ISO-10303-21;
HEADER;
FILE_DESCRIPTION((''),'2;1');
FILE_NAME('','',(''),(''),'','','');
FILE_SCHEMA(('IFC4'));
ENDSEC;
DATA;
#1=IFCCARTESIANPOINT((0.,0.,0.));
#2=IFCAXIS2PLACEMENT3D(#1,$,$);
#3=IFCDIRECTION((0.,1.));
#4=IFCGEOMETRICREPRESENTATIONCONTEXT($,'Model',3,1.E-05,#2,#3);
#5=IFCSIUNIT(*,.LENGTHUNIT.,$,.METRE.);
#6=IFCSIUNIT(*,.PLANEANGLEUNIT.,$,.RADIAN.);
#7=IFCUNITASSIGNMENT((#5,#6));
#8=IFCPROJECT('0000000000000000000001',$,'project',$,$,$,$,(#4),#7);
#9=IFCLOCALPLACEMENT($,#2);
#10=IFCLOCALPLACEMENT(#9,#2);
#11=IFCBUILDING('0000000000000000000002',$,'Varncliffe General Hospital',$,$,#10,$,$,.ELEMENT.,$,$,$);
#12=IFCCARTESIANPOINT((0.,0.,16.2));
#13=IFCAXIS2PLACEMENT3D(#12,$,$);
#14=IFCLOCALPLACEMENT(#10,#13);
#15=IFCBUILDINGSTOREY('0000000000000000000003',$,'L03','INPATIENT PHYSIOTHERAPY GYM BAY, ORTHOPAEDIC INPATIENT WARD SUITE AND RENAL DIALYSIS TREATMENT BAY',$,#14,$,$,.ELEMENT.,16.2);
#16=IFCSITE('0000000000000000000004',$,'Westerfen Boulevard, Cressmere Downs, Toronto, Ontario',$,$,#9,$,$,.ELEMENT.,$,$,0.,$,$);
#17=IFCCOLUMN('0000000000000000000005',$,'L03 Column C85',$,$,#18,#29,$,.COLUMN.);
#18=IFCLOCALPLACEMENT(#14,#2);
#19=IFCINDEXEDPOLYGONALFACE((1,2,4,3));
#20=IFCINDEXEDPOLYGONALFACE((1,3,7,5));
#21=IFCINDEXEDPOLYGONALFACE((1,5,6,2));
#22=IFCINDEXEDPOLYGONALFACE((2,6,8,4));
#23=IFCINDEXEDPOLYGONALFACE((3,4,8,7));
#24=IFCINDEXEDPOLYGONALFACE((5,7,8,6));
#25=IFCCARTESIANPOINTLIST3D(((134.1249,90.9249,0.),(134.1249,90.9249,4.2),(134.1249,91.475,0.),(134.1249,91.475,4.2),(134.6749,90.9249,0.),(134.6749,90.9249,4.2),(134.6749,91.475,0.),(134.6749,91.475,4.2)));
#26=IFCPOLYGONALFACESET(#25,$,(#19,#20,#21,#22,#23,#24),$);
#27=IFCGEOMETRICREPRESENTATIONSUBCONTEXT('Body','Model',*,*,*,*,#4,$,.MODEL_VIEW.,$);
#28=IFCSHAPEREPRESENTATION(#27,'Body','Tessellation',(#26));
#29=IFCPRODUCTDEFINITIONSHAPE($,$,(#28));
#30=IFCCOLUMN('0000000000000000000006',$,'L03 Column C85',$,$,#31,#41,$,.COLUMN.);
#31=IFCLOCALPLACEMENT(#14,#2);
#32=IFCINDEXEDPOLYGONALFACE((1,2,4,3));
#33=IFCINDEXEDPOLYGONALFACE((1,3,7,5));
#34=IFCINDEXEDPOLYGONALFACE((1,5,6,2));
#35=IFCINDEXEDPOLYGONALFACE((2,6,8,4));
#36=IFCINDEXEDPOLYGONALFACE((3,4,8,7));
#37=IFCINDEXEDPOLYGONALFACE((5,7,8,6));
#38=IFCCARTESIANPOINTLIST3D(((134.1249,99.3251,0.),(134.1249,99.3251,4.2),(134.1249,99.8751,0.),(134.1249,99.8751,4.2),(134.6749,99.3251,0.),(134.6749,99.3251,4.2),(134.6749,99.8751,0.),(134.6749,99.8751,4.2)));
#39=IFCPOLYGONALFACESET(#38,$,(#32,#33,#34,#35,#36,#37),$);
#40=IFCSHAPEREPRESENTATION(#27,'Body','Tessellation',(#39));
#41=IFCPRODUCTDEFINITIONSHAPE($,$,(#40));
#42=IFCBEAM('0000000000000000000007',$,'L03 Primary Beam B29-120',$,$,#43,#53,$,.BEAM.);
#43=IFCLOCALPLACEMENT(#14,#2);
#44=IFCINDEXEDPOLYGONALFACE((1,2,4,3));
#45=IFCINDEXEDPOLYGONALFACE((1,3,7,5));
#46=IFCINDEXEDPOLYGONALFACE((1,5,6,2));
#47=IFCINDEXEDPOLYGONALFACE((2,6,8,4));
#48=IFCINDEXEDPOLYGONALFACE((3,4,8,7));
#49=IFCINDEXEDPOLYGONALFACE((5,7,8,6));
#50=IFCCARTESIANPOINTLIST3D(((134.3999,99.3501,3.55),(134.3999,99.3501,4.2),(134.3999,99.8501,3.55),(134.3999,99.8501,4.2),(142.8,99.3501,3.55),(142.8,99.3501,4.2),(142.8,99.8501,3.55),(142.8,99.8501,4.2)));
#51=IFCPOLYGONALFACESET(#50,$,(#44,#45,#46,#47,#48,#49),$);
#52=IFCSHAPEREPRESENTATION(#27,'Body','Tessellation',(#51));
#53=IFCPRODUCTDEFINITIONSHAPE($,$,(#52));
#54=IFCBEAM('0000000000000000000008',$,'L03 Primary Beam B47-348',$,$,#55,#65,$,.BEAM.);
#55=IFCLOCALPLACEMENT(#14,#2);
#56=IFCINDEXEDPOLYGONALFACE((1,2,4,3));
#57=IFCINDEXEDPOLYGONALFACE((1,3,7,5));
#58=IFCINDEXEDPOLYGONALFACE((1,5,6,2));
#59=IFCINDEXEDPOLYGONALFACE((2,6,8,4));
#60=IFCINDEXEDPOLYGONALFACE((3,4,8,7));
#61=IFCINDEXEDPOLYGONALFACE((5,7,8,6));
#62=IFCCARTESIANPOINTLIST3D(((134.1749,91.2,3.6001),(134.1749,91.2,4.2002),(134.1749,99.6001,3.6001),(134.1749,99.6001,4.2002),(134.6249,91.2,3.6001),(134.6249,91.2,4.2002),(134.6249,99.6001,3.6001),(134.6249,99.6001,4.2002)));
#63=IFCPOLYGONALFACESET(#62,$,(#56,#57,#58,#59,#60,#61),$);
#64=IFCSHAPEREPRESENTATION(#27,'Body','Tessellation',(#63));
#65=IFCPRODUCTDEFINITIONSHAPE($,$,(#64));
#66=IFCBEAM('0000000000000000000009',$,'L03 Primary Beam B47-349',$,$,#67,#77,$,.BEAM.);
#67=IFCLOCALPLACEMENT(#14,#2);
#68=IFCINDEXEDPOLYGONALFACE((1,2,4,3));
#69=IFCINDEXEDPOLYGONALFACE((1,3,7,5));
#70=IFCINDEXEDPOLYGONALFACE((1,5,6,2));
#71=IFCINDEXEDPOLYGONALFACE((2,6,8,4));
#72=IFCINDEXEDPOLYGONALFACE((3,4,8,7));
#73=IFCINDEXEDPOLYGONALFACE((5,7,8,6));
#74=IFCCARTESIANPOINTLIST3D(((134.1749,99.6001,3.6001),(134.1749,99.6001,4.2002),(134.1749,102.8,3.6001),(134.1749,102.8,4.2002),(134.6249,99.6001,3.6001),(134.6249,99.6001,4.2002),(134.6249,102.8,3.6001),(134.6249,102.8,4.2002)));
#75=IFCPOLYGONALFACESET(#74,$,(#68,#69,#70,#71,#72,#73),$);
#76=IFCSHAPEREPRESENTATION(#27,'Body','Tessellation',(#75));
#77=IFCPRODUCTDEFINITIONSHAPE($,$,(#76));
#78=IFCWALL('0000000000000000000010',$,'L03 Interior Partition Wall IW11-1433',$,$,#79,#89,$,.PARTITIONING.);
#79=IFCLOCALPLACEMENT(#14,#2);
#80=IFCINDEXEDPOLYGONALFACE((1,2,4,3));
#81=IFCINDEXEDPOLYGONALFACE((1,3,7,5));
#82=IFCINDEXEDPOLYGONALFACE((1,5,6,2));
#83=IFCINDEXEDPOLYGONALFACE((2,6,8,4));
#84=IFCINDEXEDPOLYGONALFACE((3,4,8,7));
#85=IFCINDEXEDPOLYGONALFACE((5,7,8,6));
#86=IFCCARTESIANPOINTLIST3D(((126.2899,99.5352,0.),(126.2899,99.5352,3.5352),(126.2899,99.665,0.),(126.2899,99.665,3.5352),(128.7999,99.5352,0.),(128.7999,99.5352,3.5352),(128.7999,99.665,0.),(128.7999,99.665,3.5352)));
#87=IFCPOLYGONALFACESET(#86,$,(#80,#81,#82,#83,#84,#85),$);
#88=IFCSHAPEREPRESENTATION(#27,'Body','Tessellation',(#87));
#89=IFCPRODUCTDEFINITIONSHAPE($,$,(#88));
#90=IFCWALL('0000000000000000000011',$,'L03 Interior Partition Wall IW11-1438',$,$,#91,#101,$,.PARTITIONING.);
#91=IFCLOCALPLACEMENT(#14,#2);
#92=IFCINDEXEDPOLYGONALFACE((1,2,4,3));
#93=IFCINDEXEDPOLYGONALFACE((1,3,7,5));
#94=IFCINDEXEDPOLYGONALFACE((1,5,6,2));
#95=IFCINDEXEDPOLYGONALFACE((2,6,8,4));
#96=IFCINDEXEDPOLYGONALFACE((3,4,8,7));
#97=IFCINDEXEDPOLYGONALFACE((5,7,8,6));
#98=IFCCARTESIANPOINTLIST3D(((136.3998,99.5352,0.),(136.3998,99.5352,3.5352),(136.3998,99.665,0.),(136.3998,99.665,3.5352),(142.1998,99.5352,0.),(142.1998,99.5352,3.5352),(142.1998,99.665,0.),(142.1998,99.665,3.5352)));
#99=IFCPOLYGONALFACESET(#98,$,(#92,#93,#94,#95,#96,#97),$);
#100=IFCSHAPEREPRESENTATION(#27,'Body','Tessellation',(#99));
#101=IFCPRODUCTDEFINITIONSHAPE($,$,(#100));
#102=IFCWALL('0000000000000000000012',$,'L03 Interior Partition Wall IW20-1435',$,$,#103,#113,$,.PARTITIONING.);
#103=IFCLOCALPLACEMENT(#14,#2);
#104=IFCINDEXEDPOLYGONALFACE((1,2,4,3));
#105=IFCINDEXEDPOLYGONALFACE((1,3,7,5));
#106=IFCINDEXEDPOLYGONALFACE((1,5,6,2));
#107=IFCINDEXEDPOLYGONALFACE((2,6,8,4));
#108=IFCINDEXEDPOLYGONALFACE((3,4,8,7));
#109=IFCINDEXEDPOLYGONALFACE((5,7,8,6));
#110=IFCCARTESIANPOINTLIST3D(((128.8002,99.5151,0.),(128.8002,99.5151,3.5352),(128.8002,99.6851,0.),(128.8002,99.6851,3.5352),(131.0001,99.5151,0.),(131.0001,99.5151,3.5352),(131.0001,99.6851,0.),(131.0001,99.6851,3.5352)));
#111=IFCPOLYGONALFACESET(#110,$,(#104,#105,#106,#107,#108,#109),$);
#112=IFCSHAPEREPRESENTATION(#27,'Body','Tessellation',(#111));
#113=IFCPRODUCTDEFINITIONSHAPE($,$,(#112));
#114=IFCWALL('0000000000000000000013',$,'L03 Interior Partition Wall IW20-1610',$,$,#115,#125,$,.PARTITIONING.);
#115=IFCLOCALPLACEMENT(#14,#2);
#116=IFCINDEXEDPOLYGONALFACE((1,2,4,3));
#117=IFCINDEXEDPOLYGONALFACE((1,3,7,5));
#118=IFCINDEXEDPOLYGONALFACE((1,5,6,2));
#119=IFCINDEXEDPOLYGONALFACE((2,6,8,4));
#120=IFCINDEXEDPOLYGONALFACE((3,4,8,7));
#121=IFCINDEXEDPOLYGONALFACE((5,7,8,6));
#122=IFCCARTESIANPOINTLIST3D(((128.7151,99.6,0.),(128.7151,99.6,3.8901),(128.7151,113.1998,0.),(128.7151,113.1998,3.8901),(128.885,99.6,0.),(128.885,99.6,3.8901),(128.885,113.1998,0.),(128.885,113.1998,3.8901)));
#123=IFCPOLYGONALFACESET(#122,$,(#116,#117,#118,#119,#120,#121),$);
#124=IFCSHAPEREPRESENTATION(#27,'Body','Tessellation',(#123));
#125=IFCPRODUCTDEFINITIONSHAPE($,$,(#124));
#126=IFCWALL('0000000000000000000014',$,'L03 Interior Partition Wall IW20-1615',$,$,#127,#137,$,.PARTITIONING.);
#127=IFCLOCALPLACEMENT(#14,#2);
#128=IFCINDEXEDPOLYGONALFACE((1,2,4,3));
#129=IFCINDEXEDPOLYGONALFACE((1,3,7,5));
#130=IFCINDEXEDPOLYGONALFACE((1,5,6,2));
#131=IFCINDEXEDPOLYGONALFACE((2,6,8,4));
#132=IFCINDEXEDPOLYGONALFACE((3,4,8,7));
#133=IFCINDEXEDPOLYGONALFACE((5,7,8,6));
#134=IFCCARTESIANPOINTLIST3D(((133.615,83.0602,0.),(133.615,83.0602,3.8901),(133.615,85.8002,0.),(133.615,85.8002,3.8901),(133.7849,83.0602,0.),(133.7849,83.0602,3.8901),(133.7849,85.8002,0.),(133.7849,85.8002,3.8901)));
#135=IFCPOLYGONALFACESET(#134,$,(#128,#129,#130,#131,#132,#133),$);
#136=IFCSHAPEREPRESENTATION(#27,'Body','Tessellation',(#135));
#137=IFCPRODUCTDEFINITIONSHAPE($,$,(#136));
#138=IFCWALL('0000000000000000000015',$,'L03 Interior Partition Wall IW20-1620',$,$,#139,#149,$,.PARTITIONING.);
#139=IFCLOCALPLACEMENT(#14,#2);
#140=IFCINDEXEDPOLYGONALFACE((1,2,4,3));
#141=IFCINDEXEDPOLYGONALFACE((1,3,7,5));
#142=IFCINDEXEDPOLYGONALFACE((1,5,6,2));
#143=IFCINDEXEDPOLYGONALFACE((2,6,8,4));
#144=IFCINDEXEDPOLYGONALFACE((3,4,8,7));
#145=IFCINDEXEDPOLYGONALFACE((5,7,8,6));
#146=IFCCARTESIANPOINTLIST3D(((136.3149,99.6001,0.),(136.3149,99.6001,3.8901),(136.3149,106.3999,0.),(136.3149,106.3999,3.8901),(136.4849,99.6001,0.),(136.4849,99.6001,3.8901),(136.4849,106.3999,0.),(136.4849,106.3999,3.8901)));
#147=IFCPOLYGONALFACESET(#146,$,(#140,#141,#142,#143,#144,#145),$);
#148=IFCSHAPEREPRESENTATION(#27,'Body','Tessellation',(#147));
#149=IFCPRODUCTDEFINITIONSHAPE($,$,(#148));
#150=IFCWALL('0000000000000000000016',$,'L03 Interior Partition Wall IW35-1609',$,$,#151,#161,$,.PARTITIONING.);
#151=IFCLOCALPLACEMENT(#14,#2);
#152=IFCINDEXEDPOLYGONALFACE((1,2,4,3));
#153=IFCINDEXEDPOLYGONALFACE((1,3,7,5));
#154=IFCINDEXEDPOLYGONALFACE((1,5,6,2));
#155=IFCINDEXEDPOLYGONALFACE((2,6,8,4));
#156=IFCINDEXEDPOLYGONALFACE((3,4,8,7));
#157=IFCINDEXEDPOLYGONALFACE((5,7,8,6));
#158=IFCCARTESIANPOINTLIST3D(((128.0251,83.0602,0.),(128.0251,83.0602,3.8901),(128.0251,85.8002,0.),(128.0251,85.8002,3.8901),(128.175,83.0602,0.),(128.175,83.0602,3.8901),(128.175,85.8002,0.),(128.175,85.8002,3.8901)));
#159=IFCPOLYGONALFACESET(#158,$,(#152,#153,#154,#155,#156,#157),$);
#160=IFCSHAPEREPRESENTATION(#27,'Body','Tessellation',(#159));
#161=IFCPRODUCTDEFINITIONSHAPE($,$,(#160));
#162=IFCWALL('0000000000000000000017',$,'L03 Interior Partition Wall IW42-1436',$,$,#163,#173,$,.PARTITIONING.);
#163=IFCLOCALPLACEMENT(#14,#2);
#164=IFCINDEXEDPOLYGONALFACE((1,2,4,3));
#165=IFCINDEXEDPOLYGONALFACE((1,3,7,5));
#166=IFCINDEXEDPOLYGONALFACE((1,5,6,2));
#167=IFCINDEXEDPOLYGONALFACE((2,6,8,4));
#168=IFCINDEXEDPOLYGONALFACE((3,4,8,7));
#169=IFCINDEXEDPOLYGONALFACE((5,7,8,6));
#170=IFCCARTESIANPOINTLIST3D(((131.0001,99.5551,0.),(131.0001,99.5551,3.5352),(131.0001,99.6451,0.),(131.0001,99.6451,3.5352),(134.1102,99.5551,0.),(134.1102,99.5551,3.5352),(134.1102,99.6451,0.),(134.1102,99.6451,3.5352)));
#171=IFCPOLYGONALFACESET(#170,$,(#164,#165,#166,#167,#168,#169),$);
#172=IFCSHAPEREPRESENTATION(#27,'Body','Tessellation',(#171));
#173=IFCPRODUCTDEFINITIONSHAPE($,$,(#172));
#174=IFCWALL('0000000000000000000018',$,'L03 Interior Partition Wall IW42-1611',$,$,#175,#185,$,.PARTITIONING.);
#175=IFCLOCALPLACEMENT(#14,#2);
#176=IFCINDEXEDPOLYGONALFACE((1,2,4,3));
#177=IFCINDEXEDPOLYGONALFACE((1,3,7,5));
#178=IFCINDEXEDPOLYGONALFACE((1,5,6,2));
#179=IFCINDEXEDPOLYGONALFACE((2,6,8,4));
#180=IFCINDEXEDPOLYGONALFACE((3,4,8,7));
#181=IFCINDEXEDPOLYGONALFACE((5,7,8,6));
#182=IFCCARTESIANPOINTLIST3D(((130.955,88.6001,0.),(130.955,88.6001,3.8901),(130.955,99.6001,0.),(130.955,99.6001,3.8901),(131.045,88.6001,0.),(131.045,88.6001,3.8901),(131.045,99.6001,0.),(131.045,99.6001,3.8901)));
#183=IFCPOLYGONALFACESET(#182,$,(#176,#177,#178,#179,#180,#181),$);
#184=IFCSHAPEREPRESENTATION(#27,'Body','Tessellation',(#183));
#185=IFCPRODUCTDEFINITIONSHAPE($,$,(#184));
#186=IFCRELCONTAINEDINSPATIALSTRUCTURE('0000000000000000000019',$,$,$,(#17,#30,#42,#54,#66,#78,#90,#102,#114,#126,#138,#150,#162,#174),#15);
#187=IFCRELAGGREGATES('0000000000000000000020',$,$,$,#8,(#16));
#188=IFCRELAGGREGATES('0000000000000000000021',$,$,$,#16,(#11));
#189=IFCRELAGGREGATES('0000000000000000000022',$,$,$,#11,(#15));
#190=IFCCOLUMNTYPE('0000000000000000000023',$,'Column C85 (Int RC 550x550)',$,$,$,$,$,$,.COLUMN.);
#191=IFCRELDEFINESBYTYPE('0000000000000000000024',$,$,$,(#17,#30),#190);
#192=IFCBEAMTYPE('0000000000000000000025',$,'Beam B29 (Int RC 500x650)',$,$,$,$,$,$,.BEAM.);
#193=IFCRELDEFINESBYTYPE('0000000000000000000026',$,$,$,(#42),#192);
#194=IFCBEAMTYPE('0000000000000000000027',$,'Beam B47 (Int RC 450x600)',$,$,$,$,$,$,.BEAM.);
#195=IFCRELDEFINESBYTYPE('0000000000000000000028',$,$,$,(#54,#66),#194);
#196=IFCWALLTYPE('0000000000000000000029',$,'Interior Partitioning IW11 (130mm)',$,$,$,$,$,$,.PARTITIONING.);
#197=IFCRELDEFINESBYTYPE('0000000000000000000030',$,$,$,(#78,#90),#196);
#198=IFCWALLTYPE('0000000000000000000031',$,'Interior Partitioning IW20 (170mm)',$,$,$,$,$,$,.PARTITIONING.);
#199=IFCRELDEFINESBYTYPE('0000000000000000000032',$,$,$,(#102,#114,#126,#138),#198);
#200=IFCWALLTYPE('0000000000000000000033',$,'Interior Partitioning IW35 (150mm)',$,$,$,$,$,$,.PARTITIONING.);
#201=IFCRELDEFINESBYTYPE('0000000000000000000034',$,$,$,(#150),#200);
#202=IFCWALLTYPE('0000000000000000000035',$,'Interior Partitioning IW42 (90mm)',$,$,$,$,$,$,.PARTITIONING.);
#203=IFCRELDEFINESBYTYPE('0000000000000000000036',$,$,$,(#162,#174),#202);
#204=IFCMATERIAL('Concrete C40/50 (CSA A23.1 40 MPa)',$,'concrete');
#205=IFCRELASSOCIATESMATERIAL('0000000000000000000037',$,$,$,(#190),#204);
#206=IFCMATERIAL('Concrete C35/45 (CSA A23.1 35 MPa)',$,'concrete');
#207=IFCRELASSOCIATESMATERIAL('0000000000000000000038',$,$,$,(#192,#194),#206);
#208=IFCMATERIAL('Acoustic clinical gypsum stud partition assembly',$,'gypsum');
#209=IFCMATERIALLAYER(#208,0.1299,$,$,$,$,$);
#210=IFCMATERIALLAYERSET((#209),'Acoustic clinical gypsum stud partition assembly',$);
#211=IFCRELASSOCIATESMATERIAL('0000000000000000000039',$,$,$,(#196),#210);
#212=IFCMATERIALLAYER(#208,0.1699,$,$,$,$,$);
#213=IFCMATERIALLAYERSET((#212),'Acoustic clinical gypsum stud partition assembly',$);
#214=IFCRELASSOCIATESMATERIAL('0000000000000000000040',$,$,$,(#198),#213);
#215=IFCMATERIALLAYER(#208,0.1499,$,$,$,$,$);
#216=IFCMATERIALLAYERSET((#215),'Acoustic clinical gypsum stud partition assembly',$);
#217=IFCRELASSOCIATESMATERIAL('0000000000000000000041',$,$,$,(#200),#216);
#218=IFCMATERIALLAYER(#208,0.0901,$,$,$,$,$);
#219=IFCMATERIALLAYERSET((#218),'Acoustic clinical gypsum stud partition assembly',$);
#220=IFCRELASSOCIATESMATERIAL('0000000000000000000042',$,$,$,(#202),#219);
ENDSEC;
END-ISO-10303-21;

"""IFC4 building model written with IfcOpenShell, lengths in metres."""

from ifc_helpers import new_model, si_unit, direction, frame, frame_2d, origin, origin_2d, place, context, subcontext, project, spatial, rectangle, extrude, material, layer, layer_set, material_profile, profile_set, type_object, element, save


model = new_model("IFC4")

# Units and contexts
model_context = context("Model", 3, precision=1e-05, world=origin(), true_north=direction((0.0, 1.0)))
body_context = subcontext(model_context, "Body", "Model", "MODEL_VIEW")
ifc_project = project(units=[si_unit("LENGTHUNIT", "METRE"), si_unit("PLANEANGLEUNIT", "RADIAN")], contexts=[model_context])

# Site, building, storey
site_placement = place(None, origin())
site = spatial("IfcSite", under=ifc_project, at=site_placement, Name="Westerfen Boulevard, Cressmere Downs, Toronto, Ontario", CompositionType="ELEMENT", RefElevation=0.0)
building_placement = place(site_placement, origin())
building = spatial("IfcBuilding", under=site, at=building_placement, Name="Varncliffe General Hospital", CompositionType="ELEMENT")
storey_placement = place(building_placement, frame((0.0, 0.0, 16.2)))
storey = spatial("IfcBuildingStorey", under=building, at=storey_placement, Name="L03", Description="INPATIENT PHYSIOTHERAPY GYM BAY, ORTHOPAEDIC INPATIENT WARD SUITE AND RENAL DIALYSIS TREATMENT BAY", CompositionType="ELEMENT", Elevation=16.2)

# Columns
ifc_material_1 = material(Name="Concrete C40/50 (CSA A23.1 40 MPa)", Category="concrete")
ifc_material_profile_1 = material_profile(ifc_material_1, rectangle(XDim=0.55, YDim=0.55, at=origin_2d()), Name="RC 550x550")
ifc_profile_set_1 = profile_set([ifc_material_profile_1], Name="Concrete C40/50 (CSA A23.1 40 MPa)")
column_type = type_object("IfcColumnType", Name="Column C85 (Int RC 550x550)", PredefinedType="COLUMN", material=ifc_profile_set_1)
for number, where, z_axis, x_axis, name in (
    (1, (134.3999, 91.2, 0.0), (0.0, 0.0, 1.0), (1.0, 0.0, 0.0), "L03 Column C85"),
    (2, (134.3999, 99.6001, 0.0), (0.0, 0.0, 1.0), (1.0, 0.0, 0.0), "L03 Column C85"),
):
    element("IfcColumn", number, at=place(storey_placement, frame(where, z_axis=z_axis, x_axis=x_axis)), inside=storey, type_object=column_type, Name=name, PredefinedType="COLUMN", context=body_context, shape_type="SweptSolid", body=[
        extrude(rectangle(XDim=0.55, YDim=0.55, at=origin_2d()), origin(), (0.0, 0.0, 1.0), 4.2),
    ])

# Beams
ifc_material_2 = material(Name="Concrete C35/45 (CSA A23.1 35 MPa)", Category="concrete")
ifc_material_profile_2 = material_profile(ifc_material_2, rectangle(XDim=0.5, YDim=0.6499, at=origin_2d()), Name="RC 500x650")
ifc_profile_set_2 = profile_set([ifc_material_profile_2], Name="Concrete C35/45 (CSA A23.1 35 MPa)")
beam_type_1 = type_object("IfcBeamType", Name="Beam B29 (Int RC 500x650)", PredefinedType="BEAM", material=ifc_profile_set_2)
beam_1_placement = place(storey_placement, frame((134.3999, 99.6001, 3.875), z_axis=(1.0, 0.0, 0.0), x_axis=(0.0, 1.0, 0.0)))
element("IfcBeam", 3, at=beam_1_placement, inside=storey, type_object=beam_type_1, Name="L03 Primary Beam B29-120", PredefinedType="BEAM", context=body_context, shape_type="SweptSolid", body=[
    extrude(rectangle(XDim=0.5, YDim=0.6499, at=origin_2d()), origin(), (0.0, 0.0, 1.0), 8.4001),
])
ifc_material_profile_3 = material_profile(ifc_material_2, rectangle(XDim=0.45, YDim=0.6001, at=origin_2d()), Name="RC 450x600")
ifc_profile_set_3 = profile_set([ifc_material_profile_3], Name="Concrete C35/45 (CSA A23.1 35 MPa)")
beam_type_2 = type_object("IfcBeamType", Name="Beam B47 (Int RC 450x600)", PredefinedType="BEAM", material=ifc_profile_set_3)
beam_2_placement = place(storey_placement, frame((134.3999, 91.2, 3.9001), z_axis=(0.0, 1.0, 0.0), x_axis=(-1.0, 0.0, 0.0)))
element("IfcBeam", 4, at=beam_2_placement, inside=storey, type_object=beam_type_2, Name="L03 Primary Beam B47-348", PredefinedType="BEAM", context=body_context, shape_type="SweptSolid", body=[
    extrude(rectangle(XDim=0.45, YDim=0.6001, at=origin_2d()), origin(), (0.0, 0.0, 1.0), 8.4001),
])
beam_3_placement = place(storey_placement, frame((134.3999, 99.6001, 3.9001), z_axis=(0.0, 1.0, 0.0), x_axis=(-1.0, 0.0, 0.0)))
element("IfcBeam", 5, at=beam_3_placement, inside=storey, type_object=beam_type_2, Name="L03 Primary Beam B47-349", PredefinedType="BEAM", context=body_context, shape_type="SweptSolid", body=[
    extrude(rectangle(XDim=0.45, YDim=0.6001, at=origin_2d()), origin(), (0.0, 0.0, 1.0), 3.2),
])

# Walls
ifc_material_3 = material(Name="Acoustic clinical gypsum stud partition assembly", Category="gypsum")
ifc_layer_1 = layer(ifc_material_3, 0.1299)
ifc_layer_set_1 = layer_set([ifc_layer_1], Name="Acoustic clinical gypsum stud partition assembly")
wall_type_1 = type_object("IfcWallType", Name="Interior Partitioning IW11 (130mm)", PredefinedType="PARTITIONING", material=ifc_layer_set_1)
wall_1_placement = place(storey_placement, frame((126.29, 99.6001, 0.0), z_axis=(0.0, 0.0, 1.0), x_axis=(1.0, 0.0, 0.0)))
element("IfcWall", 6, at=wall_1_placement, inside=storey, type_object=wall_type_1, Name="L03 Interior Partition Wall IW11-1433", PredefinedType="PARTITIONING", context=body_context, shape_type="SweptSolid", body=[
    extrude(rectangle(XDim=2.51, YDim=0.1299, at=frame_2d((1.2549, 0.0))), origin(), (0.0, 0.0, 1.0), 3.5352),
])
wall_2_placement = place(storey_placement, frame((136.3999, 99.6001, 0.0), z_axis=(0.0, 0.0, 1.0), x_axis=(1.0, 0.0, 0.0)))
element("IfcWall", 7, at=wall_2_placement, inside=storey, type_object=wall_type_1, Name="L03 Interior Partition Wall IW11-1438", PredefinedType="PARTITIONING", context=body_context, shape_type="SweptSolid", body=[
    extrude(rectangle(XDim=5.8, YDim=0.1299, at=frame_2d((2.8999, 0.0))), origin(), (0.0, 0.0, 1.0), 3.5352),
])
ifc_layer_2 = layer(ifc_material_3, 0.1699)
ifc_layer_set_2 = layer_set([ifc_layer_2], Name="Acoustic clinical gypsum stud partition assembly")
wall_type_2 = type_object("IfcWallType", Name="Interior Partitioning IW20 (170mm)", PredefinedType="PARTITIONING", material=ifc_layer_set_2)
wall_3_placement = place(storey_placement, frame((128.8, 99.6001, 0.0), z_axis=(0.0, 0.0, 1.0), x_axis=(1.0, 0.0, 0.0)))
element("IfcWall", 8, at=wall_3_placement, inside=storey, type_object=wall_type_2, Name="L03 Interior Partition Wall IW20-1435", PredefinedType="PARTITIONING", context=body_context, shape_type="SweptSolid", body=[
    extrude(rectangle(XDim=2.2, YDim=0.1699, at=frame_2d((1.1001, 0.0))), origin(), (0.0, 0.0, 1.0), 3.5352),
])
wall_4_placement = place(storey_placement, frame((128.8, 99.6001, 0.0), z_axis=(0.0, 0.0, 1.0), x_axis=(0.0, 1.0, 0.0)))
element("IfcWall", 9, at=wall_4_placement, inside=storey, type_object=wall_type_2, Name="L03 Interior Partition Wall IW20-1610", PredefinedType="PARTITIONING", context=body_context, shape_type="SweptSolid", body=[
    extrude(rectangle(XDim=13.5999, YDim=0.1699, at=frame_2d((6.7998, 0.0))), origin(), (0.0, 0.0, 1.0), 3.8901),
])
wall_5_placement = place(storey_placement, frame((133.7, 83.0601, 0.0), z_axis=(0.0, 0.0, 1.0), x_axis=(0.0, 1.0, 0.0)))
element("IfcWall", 10, at=wall_5_placement, inside=storey, type_object=wall_type_2, Name="L03 Interior Partition Wall IW20-1615", PredefinedType="PARTITIONING", context=body_context, shape_type="SweptSolid", body=[
    extrude(rectangle(XDim=2.74, YDim=0.1699, at=frame_2d((1.3701, 0.0))), origin(), (0.0, 0.0, 1.0), 3.8901),
])
wall_6_placement = place(storey_placement, frame((136.3999, 99.6001, 0.0), z_axis=(0.0, 0.0, 1.0), x_axis=(0.0, 1.0, 0.0)))
element("IfcWall", 11, at=wall_6_placement, inside=storey, type_object=wall_type_2, Name="L03 Interior Partition Wall IW20-1620", PredefinedType="PARTITIONING", context=body_context, shape_type="SweptSolid", body=[
    extrude(rectangle(XDim=6.7998, YDim=0.1699, at=frame_2d((3.3999, 0.0))), origin(), (0.0, 0.0, 1.0), 3.8901),
])
ifc_layer_3 = layer(ifc_material_3, 0.1499)
ifc_layer_set_3 = layer_set([ifc_layer_3], Name="Acoustic clinical gypsum stud partition assembly")
wall_type_3 = type_object("IfcWallType", Name="Interior Partitioning IW35 (150mm)", PredefinedType="PARTITIONING", material=ifc_layer_set_3)
wall_7_placement = place(storey_placement, frame((128.1001, 83.0601, 0.0), z_axis=(0.0, 0.0, 1.0), x_axis=(0.0, 1.0, 0.0)))
element("IfcWall", 12, at=wall_7_placement, inside=storey, type_object=wall_type_3, Name="L03 Interior Partition Wall IW35-1609", PredefinedType="PARTITIONING", context=body_context, shape_type="SweptSolid", body=[
    extrude(rectangle(XDim=2.74, YDim=0.1499, at=frame_2d((1.3701, 0.0))), origin(), (0.0, 0.0, 1.0), 3.8901),
])
ifc_layer_4 = layer(ifc_material_3, 0.0901)
ifc_layer_set_4 = layer_set([ifc_layer_4], Name="Acoustic clinical gypsum stud partition assembly")
wall_type_4 = type_object("IfcWallType", Name="Interior Partitioning IW42 (90mm)", PredefinedType="PARTITIONING", material=ifc_layer_set_4)
wall_8_placement = place(storey_placement, frame((131.0, 99.6001, 0.0), z_axis=(0.0, 0.0, 1.0), x_axis=(1.0, 0.0, 0.0)))
element("IfcWall", 13, at=wall_8_placement, inside=storey, type_object=wall_type_4, Name="L03 Interior Partition Wall IW42-1436", PredefinedType="PARTITIONING", context=body_context, shape_type="SweptSolid", body=[
    extrude(rectangle(XDim=3.1101, YDim=0.0901, at=frame_2d((1.5552, 0.0))), origin(), (0.0, 0.0, 1.0), 3.5352),
])
wall_9_placement = place(storey_placement, frame((131.0, 88.6001, 0.0), z_axis=(0.0, 0.0, 1.0), x_axis=(0.0, 1.0, 0.0)))
element("IfcWall", 14, at=wall_9_placement, inside=storey, type_object=wall_type_4, Name="L03 Interior Partition Wall IW42-1611", PredefinedType="PARTITIONING", context=body_context, shape_type="SweptSolid", body=[
    extrude(rectangle(XDim=11.0, YDim=0.0901, at=frame_2d((5.5, 0.0))), origin(), (0.0, 0.0, 1.0), 3.8901),
])

save(model, "model.ifc")
